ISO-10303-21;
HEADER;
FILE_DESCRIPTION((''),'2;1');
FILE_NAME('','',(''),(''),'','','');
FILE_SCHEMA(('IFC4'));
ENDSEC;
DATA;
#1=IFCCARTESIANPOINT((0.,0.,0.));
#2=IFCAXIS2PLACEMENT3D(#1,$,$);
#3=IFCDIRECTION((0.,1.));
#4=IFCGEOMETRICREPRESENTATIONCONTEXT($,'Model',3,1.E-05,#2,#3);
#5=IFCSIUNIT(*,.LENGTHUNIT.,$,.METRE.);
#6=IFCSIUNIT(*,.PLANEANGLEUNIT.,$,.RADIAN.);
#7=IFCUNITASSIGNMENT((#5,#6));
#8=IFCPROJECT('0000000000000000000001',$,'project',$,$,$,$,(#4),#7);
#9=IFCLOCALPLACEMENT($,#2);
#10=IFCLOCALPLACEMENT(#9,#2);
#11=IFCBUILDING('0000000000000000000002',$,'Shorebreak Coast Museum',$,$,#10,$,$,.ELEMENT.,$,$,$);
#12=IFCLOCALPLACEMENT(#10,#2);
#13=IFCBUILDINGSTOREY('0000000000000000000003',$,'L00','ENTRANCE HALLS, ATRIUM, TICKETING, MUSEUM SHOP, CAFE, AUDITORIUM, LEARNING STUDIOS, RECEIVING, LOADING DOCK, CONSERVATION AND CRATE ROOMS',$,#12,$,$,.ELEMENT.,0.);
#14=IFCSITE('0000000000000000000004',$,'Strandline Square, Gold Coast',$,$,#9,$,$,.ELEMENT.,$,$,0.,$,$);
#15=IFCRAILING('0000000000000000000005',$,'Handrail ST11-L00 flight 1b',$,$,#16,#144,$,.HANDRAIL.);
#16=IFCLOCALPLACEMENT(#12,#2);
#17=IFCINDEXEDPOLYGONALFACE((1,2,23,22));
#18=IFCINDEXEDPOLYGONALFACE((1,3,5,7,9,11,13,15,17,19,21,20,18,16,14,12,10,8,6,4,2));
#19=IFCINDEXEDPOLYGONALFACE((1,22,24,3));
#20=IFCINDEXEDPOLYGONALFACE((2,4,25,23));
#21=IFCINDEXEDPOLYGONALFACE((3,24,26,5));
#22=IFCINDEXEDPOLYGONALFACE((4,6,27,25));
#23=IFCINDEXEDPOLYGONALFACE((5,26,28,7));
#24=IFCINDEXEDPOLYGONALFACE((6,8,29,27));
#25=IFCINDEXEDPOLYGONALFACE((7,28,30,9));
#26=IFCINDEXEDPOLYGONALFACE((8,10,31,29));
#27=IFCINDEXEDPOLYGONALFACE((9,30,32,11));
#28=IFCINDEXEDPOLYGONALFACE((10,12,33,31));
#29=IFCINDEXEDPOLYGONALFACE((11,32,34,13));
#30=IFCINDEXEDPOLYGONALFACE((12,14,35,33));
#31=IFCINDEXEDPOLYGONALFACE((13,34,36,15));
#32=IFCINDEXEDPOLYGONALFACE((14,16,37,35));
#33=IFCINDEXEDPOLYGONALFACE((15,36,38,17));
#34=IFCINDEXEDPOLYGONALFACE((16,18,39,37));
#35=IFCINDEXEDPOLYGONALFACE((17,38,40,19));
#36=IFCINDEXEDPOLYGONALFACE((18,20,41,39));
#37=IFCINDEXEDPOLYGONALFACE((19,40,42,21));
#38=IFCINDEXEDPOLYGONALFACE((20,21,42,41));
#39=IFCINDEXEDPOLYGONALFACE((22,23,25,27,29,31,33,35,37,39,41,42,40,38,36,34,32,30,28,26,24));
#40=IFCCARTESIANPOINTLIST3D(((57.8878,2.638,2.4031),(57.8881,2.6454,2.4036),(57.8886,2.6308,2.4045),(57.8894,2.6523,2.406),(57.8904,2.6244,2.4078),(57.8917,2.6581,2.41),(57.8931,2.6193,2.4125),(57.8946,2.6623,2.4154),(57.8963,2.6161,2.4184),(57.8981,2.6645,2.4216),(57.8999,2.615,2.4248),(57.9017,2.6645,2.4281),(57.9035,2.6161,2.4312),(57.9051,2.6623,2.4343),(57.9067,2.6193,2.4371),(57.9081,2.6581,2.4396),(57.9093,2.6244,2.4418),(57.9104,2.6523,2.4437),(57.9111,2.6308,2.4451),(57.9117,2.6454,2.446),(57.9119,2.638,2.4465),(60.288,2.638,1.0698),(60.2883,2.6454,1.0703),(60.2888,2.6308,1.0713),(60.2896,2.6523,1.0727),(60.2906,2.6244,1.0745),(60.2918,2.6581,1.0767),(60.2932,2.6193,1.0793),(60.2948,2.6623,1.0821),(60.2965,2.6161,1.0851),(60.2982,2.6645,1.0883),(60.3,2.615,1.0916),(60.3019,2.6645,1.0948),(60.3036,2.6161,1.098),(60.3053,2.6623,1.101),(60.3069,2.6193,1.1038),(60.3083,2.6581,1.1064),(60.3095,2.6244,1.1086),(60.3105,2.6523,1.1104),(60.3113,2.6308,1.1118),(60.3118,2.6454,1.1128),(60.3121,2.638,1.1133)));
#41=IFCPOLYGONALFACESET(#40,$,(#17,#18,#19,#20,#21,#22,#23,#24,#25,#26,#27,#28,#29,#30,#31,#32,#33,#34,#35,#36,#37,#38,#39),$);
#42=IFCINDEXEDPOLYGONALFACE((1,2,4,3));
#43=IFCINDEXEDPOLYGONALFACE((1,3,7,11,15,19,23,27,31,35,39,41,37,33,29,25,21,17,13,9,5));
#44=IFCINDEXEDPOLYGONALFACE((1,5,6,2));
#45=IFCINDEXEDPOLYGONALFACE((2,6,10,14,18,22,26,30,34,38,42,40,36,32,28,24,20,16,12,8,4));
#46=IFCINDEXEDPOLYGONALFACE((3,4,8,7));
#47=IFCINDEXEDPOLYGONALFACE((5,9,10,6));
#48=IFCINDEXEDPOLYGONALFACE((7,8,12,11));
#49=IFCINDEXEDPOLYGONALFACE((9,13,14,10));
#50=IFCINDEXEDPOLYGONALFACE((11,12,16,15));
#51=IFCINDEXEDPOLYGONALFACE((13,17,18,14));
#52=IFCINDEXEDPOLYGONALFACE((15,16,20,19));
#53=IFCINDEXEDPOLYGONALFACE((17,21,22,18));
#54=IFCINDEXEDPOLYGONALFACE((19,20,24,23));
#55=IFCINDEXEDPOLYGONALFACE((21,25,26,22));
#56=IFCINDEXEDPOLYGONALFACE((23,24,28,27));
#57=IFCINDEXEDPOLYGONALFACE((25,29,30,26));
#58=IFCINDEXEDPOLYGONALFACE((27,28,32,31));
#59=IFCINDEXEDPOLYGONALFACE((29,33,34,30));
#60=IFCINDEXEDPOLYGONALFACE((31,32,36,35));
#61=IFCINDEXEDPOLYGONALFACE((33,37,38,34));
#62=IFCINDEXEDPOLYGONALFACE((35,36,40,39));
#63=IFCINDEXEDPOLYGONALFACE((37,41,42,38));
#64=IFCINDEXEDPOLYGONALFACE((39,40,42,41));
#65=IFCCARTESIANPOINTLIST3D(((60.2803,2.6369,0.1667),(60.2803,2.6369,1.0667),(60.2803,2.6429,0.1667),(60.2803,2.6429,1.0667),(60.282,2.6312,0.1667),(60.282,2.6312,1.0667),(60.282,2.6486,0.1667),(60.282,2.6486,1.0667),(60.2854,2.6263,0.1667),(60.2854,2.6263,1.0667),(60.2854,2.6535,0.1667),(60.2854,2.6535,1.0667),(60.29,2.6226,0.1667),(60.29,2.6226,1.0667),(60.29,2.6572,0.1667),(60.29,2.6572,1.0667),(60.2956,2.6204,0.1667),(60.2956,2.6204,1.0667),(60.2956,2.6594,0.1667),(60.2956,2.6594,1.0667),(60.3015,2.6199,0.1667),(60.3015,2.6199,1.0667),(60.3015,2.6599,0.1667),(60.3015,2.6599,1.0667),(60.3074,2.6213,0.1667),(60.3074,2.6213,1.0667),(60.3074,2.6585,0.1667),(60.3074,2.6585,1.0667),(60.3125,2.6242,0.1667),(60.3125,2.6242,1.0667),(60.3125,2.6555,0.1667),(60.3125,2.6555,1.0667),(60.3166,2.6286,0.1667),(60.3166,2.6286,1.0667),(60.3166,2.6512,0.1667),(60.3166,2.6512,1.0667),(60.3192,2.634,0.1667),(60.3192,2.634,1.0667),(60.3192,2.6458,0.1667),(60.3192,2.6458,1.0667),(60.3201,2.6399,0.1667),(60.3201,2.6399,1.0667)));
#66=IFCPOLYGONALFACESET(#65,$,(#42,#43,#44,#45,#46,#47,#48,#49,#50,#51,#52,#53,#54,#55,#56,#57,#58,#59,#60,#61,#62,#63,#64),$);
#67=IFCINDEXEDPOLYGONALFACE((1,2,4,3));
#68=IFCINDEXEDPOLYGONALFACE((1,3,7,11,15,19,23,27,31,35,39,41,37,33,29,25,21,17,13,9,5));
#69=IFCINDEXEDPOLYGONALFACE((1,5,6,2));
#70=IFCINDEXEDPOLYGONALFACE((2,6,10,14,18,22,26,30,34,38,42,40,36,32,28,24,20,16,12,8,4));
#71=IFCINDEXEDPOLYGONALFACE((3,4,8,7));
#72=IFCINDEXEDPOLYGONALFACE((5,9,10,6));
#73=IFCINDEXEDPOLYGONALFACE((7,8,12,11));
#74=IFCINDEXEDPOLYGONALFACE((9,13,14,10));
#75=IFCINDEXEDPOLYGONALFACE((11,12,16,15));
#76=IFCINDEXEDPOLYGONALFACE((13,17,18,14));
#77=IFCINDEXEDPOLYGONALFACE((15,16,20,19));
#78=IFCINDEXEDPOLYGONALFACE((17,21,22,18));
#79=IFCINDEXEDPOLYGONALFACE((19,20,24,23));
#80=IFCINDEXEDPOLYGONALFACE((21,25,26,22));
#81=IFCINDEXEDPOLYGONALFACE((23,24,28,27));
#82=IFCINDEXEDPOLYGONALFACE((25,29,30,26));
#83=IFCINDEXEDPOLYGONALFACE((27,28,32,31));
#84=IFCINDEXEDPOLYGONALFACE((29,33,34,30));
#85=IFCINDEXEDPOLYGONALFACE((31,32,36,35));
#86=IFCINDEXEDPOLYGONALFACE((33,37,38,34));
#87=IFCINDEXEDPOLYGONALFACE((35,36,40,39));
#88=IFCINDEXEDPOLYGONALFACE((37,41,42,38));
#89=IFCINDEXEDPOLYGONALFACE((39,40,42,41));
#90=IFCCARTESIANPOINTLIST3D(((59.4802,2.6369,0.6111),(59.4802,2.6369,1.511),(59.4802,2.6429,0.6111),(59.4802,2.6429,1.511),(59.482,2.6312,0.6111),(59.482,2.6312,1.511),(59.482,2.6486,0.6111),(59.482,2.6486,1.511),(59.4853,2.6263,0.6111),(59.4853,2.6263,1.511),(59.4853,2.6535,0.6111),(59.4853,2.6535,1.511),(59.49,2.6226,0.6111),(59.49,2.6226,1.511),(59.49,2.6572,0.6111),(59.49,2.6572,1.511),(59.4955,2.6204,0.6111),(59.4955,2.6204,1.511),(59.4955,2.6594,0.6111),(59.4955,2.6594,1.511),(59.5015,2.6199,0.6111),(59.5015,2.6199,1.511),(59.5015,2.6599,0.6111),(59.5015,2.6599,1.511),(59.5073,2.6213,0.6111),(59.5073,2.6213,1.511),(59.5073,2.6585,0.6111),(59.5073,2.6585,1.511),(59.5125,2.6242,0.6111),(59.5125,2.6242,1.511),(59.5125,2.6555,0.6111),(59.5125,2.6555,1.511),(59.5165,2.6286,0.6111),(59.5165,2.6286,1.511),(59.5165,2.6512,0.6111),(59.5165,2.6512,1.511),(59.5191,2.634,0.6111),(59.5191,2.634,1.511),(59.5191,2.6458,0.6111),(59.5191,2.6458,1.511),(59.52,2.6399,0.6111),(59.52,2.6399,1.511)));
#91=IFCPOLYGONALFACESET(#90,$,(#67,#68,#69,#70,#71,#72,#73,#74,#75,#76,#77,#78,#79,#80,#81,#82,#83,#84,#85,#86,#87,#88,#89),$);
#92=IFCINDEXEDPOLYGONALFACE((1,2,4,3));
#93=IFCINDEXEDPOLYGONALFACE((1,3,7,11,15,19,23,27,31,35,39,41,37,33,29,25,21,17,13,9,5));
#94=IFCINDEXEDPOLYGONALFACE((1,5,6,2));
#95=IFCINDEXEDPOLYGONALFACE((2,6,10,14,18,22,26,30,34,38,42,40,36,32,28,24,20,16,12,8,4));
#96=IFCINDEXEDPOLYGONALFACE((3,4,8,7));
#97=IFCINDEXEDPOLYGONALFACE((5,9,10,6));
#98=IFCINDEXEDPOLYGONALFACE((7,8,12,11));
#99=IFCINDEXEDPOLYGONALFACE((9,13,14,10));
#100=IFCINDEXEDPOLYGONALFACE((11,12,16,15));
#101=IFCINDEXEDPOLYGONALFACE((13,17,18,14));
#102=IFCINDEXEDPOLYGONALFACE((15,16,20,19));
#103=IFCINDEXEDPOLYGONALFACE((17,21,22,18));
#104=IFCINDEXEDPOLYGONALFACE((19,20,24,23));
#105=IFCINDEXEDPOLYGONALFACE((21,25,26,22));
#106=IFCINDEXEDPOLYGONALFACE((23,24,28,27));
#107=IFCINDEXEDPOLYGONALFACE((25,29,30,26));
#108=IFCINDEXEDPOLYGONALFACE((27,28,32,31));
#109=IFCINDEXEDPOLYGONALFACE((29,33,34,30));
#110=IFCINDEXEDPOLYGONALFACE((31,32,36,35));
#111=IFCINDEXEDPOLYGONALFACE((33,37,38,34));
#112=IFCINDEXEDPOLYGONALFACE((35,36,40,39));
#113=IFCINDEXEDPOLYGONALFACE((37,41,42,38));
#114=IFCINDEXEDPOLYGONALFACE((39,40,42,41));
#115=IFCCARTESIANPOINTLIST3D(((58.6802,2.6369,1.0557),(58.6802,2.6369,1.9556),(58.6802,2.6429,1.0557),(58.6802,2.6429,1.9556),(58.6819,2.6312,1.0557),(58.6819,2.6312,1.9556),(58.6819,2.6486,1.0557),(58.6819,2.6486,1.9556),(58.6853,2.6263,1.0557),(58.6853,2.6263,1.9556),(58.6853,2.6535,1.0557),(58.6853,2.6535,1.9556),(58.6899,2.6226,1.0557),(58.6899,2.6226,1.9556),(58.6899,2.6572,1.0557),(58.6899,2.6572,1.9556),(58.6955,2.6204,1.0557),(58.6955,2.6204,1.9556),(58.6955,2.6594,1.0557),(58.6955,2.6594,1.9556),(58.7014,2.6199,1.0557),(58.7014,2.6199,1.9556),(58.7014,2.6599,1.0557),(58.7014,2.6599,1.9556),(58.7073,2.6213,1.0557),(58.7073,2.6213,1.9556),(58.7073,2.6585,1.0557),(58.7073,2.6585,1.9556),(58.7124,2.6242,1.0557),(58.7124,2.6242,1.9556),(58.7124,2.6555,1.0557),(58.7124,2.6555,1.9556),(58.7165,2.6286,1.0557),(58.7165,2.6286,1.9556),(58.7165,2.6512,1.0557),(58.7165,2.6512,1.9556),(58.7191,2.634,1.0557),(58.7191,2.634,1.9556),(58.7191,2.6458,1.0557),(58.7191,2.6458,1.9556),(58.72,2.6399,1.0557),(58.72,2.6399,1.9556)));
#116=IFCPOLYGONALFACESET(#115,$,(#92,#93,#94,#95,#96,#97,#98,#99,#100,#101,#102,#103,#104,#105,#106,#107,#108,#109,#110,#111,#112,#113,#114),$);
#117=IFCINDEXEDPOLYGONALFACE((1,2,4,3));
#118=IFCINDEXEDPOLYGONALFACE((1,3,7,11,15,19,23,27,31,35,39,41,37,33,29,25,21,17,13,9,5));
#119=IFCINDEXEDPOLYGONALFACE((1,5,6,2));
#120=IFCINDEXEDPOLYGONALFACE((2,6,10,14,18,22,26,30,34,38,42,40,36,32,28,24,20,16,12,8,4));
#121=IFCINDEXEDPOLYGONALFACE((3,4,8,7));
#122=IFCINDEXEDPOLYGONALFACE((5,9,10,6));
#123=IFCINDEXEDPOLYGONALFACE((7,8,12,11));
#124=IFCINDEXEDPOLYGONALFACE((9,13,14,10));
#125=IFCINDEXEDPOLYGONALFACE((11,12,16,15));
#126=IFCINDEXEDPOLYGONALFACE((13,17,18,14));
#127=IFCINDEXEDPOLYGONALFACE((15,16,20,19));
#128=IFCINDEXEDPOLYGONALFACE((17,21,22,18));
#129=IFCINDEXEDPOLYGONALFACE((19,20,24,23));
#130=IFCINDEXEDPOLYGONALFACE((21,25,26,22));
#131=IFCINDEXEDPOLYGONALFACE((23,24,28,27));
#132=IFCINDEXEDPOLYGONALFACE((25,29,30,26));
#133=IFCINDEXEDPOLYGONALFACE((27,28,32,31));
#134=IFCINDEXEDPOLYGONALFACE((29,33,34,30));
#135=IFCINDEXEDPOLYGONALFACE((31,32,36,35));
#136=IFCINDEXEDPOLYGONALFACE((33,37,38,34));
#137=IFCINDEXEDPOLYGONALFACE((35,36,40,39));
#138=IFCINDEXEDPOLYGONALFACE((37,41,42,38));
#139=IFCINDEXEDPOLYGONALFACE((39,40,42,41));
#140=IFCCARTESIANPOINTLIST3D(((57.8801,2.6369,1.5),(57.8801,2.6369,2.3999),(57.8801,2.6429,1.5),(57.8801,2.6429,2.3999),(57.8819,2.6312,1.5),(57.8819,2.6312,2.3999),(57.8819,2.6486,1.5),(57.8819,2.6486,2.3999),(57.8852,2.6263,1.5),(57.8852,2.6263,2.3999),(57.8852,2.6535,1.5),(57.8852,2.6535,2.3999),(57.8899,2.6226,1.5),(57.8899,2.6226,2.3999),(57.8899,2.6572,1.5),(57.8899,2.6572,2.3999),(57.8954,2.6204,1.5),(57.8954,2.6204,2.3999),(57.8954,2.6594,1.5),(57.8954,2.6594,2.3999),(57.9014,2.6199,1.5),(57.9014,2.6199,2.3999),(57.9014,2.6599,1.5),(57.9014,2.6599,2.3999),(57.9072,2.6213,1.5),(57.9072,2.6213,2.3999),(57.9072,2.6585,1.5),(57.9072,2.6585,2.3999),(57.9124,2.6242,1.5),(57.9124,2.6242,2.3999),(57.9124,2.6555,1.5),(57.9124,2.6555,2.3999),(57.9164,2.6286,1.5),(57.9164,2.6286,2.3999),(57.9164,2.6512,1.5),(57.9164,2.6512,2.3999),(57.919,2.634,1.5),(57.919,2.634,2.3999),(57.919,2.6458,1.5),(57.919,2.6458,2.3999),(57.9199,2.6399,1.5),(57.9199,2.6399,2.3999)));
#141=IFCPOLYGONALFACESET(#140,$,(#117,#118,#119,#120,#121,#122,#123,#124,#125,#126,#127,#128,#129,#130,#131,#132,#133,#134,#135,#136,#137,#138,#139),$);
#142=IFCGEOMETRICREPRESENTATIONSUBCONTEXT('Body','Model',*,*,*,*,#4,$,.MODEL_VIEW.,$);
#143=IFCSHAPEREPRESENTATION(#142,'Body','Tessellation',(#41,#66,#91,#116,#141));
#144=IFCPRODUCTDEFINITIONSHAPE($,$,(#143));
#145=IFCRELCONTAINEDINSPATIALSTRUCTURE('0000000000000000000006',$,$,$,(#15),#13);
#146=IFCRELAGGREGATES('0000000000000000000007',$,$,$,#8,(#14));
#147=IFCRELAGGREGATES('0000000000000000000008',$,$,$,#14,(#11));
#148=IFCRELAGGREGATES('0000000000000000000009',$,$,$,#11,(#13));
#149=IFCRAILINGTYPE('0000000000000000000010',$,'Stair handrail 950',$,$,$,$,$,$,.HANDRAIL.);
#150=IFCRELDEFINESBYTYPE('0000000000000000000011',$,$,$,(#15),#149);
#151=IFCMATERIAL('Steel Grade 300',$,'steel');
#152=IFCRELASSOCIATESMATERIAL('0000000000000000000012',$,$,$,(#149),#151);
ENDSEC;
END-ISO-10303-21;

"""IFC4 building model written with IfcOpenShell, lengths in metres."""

from ifc_helpers import new_model, si_unit, direction, frame, origin, origin_2d, place, context, subcontext, project, spatial, circle, extrude, material, type_object, element, save


model = new_model("IFC4")

# Units and contexts
model_context = context("Model", 3, precision=1e-05, world=origin(), true_north=direction((0.0, 1.0)))
body_context = subcontext(model_context, "Body", "Model", "MODEL_VIEW")
ifc_project = project(units=[si_unit("LENGTHUNIT", "METRE"), si_unit("PLANEANGLEUNIT", "RADIAN")], contexts=[model_context])

# Site, building, storey
site_placement = place(None, origin())
site = spatial("IfcSite", under=ifc_project, at=site_placement, Name="Strandline Square, Gold Coast", CompositionType="ELEMENT", RefElevation=0.0)
building_placement = place(site_placement, origin())
building = spatial("IfcBuilding", under=site, at=building_placement, Name="Shorebreak Coast Museum", CompositionType="ELEMENT")
storey_placement = place(building_placement, origin())
storey = spatial("IfcBuildingStorey", under=building, at=storey_placement, Name="L00", Description="ENTRANCE HALLS, ATRIUM, TICKETING, MUSEUM SHOP, CAFE, AUDITORIUM, LEARNING STUDIOS, RECEIVING, LOADING DOCK, CONSERVATION AND CRATE ROOMS", CompositionType="ELEMENT", Elevation=0.0)

# Railing
ifc_material_1 = material(Name="Steel Grade 300", Category="steel")
railing_type_1 = type_object("IfcRailingType", Name="Stair handrail 950", PredefinedType="HANDRAIL", material=ifc_material_1)
for number, where, name in (
    (1, (60.3, 2.6399, 0.1667), "Handrail ST11-L00 flight 1b"),
):
    element("IfcRailing", number, at=place(storey_placement, frame(where)), inside=storey, type_object=railing_type_1, Name=name, PredefinedType="HANDRAIL", context=body_context, shape_type="SweptSolid", body=[
        extrude(circle(Radius=0.0249, at=origin_2d()), frame((0.0, 0.0, 0.9248), z_axis=(-0.874182, 0.0, 0.485598), x_axis=(0.0, -1.0, 0.0)), (0.0, 0.0, 1.0), 2.7456),
        extrude(circle(Radius=0.02, at=origin_2d()), origin(), (0.0, 0.0, 1.0), 0.8999),
        extrude(circle(Radius=0.02, at=origin_2d()), frame((-0.8, 0.0, 0.4443)), (0.0, 0.0, 1.0), 0.8999),
        extrude(circle(Radius=0.02, at=origin_2d()), frame((-1.6001, 0.0, 0.8889)), (0.0, 0.0, 1.0), 0.8999),
        extrude(circle(Radius=0.02, at=origin_2d()), frame((-2.4001, 0.0, 1.3333)), (0.0, 0.0, 1.0), 0.8999),
    ])

save(model, "model.ifc")
